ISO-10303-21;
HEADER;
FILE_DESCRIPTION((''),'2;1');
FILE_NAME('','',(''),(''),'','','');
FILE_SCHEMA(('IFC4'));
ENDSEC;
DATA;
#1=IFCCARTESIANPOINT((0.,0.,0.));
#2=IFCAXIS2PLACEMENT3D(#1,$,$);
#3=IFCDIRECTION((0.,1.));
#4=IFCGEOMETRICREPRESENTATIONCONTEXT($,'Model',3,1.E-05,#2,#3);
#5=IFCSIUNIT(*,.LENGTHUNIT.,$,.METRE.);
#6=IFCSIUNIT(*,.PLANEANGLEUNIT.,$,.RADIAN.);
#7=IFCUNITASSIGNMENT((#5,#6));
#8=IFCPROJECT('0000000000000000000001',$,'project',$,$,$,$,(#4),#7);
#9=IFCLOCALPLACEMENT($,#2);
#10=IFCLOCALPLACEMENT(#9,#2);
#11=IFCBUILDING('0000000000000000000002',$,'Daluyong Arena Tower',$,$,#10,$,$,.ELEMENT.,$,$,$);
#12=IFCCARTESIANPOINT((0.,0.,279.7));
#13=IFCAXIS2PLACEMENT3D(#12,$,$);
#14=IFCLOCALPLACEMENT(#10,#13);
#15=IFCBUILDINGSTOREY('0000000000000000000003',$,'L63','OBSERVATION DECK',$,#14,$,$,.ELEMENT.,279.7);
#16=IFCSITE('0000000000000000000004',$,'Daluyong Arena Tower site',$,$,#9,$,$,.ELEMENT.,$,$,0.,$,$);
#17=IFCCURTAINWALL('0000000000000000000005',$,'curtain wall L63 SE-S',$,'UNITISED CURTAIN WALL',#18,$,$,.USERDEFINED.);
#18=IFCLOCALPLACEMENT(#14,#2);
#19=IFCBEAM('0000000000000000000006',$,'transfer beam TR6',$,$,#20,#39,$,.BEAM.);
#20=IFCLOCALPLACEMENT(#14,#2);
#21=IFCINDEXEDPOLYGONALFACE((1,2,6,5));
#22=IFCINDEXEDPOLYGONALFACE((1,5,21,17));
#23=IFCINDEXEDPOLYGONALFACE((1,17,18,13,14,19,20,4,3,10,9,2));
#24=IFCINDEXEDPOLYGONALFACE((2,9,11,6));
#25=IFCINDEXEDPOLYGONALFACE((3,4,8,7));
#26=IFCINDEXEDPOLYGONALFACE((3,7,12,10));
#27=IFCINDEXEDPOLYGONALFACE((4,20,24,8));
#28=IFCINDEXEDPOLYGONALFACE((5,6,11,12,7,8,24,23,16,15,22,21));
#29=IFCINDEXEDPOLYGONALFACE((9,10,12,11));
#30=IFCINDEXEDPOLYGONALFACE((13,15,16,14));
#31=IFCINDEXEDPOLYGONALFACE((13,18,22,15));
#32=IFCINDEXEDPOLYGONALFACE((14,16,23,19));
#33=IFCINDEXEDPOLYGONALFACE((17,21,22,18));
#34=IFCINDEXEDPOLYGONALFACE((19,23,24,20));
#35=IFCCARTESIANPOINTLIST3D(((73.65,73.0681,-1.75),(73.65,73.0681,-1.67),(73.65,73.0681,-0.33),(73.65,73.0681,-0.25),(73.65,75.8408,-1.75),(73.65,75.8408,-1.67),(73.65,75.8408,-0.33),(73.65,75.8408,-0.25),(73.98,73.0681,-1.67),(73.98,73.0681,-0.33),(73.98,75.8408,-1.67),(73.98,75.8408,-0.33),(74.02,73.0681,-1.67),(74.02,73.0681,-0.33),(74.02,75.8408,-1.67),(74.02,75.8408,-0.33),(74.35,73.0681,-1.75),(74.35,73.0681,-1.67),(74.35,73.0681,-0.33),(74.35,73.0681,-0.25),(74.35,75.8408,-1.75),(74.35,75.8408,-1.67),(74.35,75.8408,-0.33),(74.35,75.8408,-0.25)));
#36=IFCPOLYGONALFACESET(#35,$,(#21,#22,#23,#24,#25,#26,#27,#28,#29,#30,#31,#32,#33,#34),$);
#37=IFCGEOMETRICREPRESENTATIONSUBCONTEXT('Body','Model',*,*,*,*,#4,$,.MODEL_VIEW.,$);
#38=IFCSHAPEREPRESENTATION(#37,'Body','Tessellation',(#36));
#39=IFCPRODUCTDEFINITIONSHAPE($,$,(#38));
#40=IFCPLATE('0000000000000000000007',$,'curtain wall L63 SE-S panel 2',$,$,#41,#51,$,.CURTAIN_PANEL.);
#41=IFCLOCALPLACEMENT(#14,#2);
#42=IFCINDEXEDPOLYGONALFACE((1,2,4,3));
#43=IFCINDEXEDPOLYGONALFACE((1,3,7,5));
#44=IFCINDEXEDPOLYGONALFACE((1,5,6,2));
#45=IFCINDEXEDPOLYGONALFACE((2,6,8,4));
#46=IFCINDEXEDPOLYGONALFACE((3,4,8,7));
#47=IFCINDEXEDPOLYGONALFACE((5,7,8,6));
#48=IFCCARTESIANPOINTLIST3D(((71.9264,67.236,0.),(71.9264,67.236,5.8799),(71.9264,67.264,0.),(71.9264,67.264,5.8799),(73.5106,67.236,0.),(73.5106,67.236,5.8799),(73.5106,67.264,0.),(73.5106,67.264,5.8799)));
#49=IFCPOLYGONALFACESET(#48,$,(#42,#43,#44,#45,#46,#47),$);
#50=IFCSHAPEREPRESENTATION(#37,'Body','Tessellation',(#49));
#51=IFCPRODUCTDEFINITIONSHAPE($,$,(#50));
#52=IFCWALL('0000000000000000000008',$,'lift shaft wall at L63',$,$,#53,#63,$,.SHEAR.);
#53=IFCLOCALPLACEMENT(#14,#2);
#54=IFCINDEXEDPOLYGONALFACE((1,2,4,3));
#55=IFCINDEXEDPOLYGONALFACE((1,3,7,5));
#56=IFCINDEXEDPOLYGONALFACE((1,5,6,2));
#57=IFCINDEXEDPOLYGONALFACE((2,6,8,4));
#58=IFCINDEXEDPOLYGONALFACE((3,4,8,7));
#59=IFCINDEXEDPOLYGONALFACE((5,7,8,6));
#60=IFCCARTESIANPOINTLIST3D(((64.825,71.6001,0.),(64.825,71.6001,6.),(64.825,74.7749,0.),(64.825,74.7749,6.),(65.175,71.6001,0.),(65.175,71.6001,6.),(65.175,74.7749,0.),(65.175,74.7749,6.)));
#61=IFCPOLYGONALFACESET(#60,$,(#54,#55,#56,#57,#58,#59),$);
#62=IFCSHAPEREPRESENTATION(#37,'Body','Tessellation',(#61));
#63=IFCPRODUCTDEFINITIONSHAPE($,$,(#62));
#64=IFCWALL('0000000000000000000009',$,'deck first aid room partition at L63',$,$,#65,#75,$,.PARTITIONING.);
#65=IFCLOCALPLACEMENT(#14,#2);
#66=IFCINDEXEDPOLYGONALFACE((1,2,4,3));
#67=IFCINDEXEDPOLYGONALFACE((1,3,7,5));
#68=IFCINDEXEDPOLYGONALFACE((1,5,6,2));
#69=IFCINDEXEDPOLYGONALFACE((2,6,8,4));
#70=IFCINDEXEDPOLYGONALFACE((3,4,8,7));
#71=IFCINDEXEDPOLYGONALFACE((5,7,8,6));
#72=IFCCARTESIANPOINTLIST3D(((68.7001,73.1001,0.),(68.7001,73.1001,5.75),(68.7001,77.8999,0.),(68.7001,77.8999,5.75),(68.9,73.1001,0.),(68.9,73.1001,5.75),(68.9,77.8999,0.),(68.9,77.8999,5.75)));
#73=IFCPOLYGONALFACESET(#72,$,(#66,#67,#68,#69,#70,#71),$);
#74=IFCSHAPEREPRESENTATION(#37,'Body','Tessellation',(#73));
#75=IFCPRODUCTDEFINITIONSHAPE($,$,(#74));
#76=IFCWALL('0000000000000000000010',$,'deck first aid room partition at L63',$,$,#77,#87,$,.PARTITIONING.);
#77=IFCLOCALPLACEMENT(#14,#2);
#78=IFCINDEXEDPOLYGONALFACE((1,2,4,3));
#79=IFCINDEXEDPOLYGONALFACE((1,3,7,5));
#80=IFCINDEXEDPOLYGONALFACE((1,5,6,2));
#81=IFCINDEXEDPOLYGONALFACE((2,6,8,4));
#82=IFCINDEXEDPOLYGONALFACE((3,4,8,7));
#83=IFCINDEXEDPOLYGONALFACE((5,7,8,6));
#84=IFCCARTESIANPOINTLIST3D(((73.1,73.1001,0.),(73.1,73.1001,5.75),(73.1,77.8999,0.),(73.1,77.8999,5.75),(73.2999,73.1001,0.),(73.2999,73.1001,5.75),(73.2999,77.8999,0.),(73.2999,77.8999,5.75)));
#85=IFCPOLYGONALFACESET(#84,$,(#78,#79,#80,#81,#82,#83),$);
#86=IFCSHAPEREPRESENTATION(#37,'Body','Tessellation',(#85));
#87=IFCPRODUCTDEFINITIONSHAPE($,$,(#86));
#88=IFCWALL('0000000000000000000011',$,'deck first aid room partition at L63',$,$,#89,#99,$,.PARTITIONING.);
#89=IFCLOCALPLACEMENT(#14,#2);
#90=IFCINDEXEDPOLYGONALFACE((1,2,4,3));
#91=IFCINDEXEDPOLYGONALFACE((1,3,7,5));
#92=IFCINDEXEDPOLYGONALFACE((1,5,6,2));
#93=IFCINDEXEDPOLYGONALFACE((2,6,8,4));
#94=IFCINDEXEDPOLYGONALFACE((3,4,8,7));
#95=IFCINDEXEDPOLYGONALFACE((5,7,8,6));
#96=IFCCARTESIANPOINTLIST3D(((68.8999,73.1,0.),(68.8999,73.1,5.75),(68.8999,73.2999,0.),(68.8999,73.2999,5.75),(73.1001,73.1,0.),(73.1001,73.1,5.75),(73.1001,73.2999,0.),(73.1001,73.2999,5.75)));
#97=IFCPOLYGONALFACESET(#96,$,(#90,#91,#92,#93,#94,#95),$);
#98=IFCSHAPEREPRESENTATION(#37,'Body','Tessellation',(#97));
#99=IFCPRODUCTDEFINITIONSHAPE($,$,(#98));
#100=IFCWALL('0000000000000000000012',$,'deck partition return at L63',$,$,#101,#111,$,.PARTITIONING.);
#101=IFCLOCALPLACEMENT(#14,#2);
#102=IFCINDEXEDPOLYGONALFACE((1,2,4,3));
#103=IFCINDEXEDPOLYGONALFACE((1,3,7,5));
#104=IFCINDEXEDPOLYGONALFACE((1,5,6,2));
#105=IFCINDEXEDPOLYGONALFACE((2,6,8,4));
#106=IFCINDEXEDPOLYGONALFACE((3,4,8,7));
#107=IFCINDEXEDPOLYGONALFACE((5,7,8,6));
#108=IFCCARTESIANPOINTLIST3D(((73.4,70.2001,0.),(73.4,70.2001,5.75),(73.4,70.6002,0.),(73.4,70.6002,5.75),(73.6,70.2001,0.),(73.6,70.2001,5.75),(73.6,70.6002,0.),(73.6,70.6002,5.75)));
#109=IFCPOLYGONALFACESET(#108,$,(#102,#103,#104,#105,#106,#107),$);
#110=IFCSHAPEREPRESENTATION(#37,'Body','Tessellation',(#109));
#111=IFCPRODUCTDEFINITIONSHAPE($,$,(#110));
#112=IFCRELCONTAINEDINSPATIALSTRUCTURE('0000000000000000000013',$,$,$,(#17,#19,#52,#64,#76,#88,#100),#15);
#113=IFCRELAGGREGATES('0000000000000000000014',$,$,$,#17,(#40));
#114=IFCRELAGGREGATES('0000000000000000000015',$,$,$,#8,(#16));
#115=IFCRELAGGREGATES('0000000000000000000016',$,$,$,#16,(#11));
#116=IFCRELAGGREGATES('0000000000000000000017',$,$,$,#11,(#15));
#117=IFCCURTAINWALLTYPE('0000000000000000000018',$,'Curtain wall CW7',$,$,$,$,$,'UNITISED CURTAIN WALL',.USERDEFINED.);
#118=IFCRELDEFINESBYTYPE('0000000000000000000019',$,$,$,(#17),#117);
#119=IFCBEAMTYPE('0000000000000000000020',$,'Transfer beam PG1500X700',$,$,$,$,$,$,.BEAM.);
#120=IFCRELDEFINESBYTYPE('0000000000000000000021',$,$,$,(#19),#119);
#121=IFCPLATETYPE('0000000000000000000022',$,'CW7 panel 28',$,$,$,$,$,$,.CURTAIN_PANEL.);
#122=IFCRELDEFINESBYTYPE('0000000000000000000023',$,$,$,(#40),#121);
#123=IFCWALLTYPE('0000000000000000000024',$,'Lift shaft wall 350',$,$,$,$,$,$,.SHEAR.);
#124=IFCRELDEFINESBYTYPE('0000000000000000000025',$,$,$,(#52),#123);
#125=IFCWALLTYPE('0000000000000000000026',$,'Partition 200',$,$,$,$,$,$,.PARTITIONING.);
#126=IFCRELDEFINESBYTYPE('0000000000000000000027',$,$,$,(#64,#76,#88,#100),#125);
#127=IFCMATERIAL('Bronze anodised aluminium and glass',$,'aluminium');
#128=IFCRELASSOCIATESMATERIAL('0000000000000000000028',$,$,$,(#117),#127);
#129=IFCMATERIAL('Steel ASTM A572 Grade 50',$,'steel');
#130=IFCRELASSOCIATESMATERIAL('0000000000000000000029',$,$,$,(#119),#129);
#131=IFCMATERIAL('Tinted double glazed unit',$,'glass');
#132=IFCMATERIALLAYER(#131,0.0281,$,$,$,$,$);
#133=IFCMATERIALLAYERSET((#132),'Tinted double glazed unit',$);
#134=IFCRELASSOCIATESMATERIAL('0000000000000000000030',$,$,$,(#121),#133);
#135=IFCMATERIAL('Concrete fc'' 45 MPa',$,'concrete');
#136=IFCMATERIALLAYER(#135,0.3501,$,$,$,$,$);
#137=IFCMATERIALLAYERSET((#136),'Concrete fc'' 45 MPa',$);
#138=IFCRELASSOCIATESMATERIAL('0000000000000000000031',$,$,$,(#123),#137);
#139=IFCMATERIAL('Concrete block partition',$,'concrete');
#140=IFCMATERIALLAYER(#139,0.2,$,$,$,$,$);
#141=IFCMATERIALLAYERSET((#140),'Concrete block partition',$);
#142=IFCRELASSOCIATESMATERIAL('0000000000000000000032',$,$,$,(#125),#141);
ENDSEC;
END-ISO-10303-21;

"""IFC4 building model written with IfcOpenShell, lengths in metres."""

from ifc_helpers import new_model, si_unit, direction, frame, frame_2d, origin, origin_2d, place, context, subcontext, project, spatial, rectangle, i_section, extrude, material, layer, layer_set, material_profile, profile_set, type_object, element, aggregate, save


model = new_model("IFC4")

# Units and contexts
model_context = context("Model", 3, precision=1e-05, world=origin(), true_north=direction((0.0, 1.0)))
body_context = subcontext(model_context, "Body", "Model", "MODEL_VIEW")
ifc_project = project(units=[si_unit("LENGTHUNIT", "METRE"), si_unit("PLANEANGLEUNIT", "RADIAN")], contexts=[model_context])

# Site, building, storey
site_placement = place(None, origin())
site = spatial("IfcSite", under=ifc_project, at=site_placement, Name="Daluyong Arena Tower site", CompositionType="ELEMENT", RefElevation=0.0)
building_placement = place(site_placement, origin())
building = spatial("IfcBuilding", under=site, at=building_placement, Name="Daluyong Arena Tower", CompositionType="ELEMENT")
storey_placement = place(building_placement, frame((0.0, 0.0, 279.7)))
storey = spatial("IfcBuildingStorey", under=building, at=storey_placement, Name="L63", Description="OBSERVATION DECK", CompositionType="ELEMENT", Elevation=279.7)

# Curtain wall
ifc_material_1 = material(Name="Bronze anodised aluminium and glass", Category="aluminium")
curtain_wall_type = type_object("IfcCurtainWallType", Name="Curtain wall CW7", ElementType="UNITISED CURTAIN WALL", PredefinedType="USERDEFINED", material=ifc_material_1)
curtain_wall_placement = place(storey_placement, origin())
curtain_wall = element("IfcCurtainWall", 1, at=curtain_wall_placement, inside=storey, type_object=curtain_wall_type, Name="curtain wall L63 SE-S", ObjectType="UNITISED CURTAIN WALL", PredefinedType="USERDEFINED")

# Beam
ifc_material_2 = material(Name="Steel ASTM A572 Grade 50", Category="steel")
ifc_material_profile_1 = material_profile(ifc_material_2, i_section(OverallWidth=0.7, OverallDepth=1.5, WebThickness=0.04, FlangeThickness=0.08, at=origin_2d()))
ifc_profile_set_1 = profile_set([ifc_material_profile_1], Name="Steel ASTM A572 Grade 50")
beam_type_1 = type_object("IfcBeamType", Name="Transfer beam PG1500X700", PredefinedType="BEAM", material=ifc_profile_set_1)
for number, where, z_axis, x_axis, name in (
    (2, (74.0, 73.0681, -1.0), (0.0, 1.0, 0.0), (-1.0, 0.0, 0.0), "transfer beam TR6"),
):
    element("IfcBeam", number, at=place(storey_placement, frame(where, z_axis=z_axis, x_axis=x_axis)), inside=storey, type_object=beam_type_1, Name=name, PredefinedType="BEAM", context=body_context, shape_type="SweptSolid", body=[
        extrude(i_section(OverallWidth=0.7, OverallDepth=1.5, WebThickness=0.04, FlangeThickness=0.08, at=origin_2d()), origin(), (0.0, 0.0, 1.0), 2.7727),
    ])

# Plate
ifc_material_3 = material(Name="Tinted double glazed unit", Category="glass")
ifc_layer_1 = layer(ifc_material_3, 0.0281)
ifc_layer_set_1 = layer_set([ifc_layer_1], Name="Tinted double glazed unit")
plate_type = type_object("IfcPlateType", Name="CW7 panel 28", PredefinedType="CURTAIN_PANEL", material=ifc_layer_set_1)
plate_placement = place(storey_placement, frame((72.7185, 67.25, 0.0), z_axis=(0.0, 0.0, 1.0), x_axis=(1.0, 0.0, 0.0)))
plate = element("IfcPlate", 3, at=plate_placement, type_object=plate_type, Name="curtain wall L63 SE-S panel 2", PredefinedType="CURTAIN_PANEL", context=body_context, shape_type="SweptSolid", body=[
    extrude(rectangle(XDim=1.5842, YDim=0.0281, at=origin_2d()), origin(), (0.0, 0.0, 1.0), 5.8799),
])
aggregate(curtain_wall, [plate])

# Walls
ifc_material_4 = material(Name="Concrete fc' 45 MPa", Category="concrete")
ifc_layer_2 = layer(ifc_material_4, 0.3501)
ifc_layer_set_2 = layer_set([ifc_layer_2], Name="Concrete fc' 45 MPa")
wall_type_1 = type_object("IfcWallType", Name="Lift shaft wall 350", PredefinedType="SHEAR", material=ifc_layer_set_2)
wall_1_placement = place(storey_placement, frame((65.0, 71.6001, 0.0), z_axis=(0.0, 0.0, 1.0), x_axis=(0.0, 1.0, 0.0)))
element("IfcWall", 4, at=wall_1_placement, inside=storey, type_object=wall_type_1, Name="lift shaft wall at L63", PredefinedType="SHEAR", context=body_context, shape_type="SweptSolid", body=[
    extrude(rectangle(XDim=3.1748, YDim=0.3501, at=frame_2d((1.5874, 0.0))), origin(), (0.0, 0.0, 1.0), 6.0),
])
ifc_material_5 = material(Name="Concrete block partition", Category="concrete")
ifc_layer_3 = layer(ifc_material_5, 0.2)
ifc_layer_set_3 = layer_set([ifc_layer_3], Name="Concrete block partition")
wall_type_2 = type_object("IfcWallType", Name="Partition 200", PredefinedType="PARTITIONING", material=ifc_layer_set_3)
for number, where, z_axis, x_axis, name in (
    (5, (68.8, 73.1001, 0.0), (0.0, 0.0, 1.0), (0.0, 1.0, 0.0), "deck first aid room partition at L63"),
    (6, (73.2, 73.1001, 0.0), (0.0, 0.0, 1.0), (0.0, 1.0, 0.0), "deck first aid room partition at L63"),
):
    element("IfcWall", number, at=place(storey_placement, frame(where, z_axis=z_axis, x_axis=x_axis)), inside=storey, type_object=wall_type_2, Name=name, PredefinedType="PARTITIONING", context=body_context, shape_type="SweptSolid", body=[
        extrude(rectangle(XDim=4.7998, YDim=0.2, at=frame_2d((2.3999, 0.0))), origin(), (0.0, 0.0, 1.0), 5.75),
    ])
wall_2_placement = place(storey_placement, frame((68.8999, 73.2, 0.0), z_axis=(0.0, 0.0, 1.0), x_axis=(1.0, 0.0, 0.0)))
element("IfcWall", 7, at=wall_2_placement, inside=storey, type_object=wall_type_2, Name="deck first aid room partition at L63", PredefinedType="PARTITIONING", context=body_context, shape_type="SweptSolid", body=[
    extrude(rectangle(XDim=4.2002, YDim=0.2, at=frame_2d((2.1001, 0.0))), origin(), (0.0, 0.0, 1.0), 5.75),
])

# Wall
wall_3_placement = place(storey_placement, frame((73.5, 70.2, 0.0), z_axis=(0.0, 0.0, 1.0), x_axis=(0.0, 1.0, 0.0)))
element("IfcWall", 8, at=wall_3_placement, inside=storey, type_object=wall_type_2, Name="deck partition return at L63", PredefinedType="PARTITIONING", context=body_context, shape_type="SweptSolid", body=[
    extrude(rectangle(XDim=0.4001, YDim=0.2, at=frame_2d((0.2002, 0.0))), origin(), (0.0, 0.0, 1.0), 5.75),
])

save(model, "model.ifc")
